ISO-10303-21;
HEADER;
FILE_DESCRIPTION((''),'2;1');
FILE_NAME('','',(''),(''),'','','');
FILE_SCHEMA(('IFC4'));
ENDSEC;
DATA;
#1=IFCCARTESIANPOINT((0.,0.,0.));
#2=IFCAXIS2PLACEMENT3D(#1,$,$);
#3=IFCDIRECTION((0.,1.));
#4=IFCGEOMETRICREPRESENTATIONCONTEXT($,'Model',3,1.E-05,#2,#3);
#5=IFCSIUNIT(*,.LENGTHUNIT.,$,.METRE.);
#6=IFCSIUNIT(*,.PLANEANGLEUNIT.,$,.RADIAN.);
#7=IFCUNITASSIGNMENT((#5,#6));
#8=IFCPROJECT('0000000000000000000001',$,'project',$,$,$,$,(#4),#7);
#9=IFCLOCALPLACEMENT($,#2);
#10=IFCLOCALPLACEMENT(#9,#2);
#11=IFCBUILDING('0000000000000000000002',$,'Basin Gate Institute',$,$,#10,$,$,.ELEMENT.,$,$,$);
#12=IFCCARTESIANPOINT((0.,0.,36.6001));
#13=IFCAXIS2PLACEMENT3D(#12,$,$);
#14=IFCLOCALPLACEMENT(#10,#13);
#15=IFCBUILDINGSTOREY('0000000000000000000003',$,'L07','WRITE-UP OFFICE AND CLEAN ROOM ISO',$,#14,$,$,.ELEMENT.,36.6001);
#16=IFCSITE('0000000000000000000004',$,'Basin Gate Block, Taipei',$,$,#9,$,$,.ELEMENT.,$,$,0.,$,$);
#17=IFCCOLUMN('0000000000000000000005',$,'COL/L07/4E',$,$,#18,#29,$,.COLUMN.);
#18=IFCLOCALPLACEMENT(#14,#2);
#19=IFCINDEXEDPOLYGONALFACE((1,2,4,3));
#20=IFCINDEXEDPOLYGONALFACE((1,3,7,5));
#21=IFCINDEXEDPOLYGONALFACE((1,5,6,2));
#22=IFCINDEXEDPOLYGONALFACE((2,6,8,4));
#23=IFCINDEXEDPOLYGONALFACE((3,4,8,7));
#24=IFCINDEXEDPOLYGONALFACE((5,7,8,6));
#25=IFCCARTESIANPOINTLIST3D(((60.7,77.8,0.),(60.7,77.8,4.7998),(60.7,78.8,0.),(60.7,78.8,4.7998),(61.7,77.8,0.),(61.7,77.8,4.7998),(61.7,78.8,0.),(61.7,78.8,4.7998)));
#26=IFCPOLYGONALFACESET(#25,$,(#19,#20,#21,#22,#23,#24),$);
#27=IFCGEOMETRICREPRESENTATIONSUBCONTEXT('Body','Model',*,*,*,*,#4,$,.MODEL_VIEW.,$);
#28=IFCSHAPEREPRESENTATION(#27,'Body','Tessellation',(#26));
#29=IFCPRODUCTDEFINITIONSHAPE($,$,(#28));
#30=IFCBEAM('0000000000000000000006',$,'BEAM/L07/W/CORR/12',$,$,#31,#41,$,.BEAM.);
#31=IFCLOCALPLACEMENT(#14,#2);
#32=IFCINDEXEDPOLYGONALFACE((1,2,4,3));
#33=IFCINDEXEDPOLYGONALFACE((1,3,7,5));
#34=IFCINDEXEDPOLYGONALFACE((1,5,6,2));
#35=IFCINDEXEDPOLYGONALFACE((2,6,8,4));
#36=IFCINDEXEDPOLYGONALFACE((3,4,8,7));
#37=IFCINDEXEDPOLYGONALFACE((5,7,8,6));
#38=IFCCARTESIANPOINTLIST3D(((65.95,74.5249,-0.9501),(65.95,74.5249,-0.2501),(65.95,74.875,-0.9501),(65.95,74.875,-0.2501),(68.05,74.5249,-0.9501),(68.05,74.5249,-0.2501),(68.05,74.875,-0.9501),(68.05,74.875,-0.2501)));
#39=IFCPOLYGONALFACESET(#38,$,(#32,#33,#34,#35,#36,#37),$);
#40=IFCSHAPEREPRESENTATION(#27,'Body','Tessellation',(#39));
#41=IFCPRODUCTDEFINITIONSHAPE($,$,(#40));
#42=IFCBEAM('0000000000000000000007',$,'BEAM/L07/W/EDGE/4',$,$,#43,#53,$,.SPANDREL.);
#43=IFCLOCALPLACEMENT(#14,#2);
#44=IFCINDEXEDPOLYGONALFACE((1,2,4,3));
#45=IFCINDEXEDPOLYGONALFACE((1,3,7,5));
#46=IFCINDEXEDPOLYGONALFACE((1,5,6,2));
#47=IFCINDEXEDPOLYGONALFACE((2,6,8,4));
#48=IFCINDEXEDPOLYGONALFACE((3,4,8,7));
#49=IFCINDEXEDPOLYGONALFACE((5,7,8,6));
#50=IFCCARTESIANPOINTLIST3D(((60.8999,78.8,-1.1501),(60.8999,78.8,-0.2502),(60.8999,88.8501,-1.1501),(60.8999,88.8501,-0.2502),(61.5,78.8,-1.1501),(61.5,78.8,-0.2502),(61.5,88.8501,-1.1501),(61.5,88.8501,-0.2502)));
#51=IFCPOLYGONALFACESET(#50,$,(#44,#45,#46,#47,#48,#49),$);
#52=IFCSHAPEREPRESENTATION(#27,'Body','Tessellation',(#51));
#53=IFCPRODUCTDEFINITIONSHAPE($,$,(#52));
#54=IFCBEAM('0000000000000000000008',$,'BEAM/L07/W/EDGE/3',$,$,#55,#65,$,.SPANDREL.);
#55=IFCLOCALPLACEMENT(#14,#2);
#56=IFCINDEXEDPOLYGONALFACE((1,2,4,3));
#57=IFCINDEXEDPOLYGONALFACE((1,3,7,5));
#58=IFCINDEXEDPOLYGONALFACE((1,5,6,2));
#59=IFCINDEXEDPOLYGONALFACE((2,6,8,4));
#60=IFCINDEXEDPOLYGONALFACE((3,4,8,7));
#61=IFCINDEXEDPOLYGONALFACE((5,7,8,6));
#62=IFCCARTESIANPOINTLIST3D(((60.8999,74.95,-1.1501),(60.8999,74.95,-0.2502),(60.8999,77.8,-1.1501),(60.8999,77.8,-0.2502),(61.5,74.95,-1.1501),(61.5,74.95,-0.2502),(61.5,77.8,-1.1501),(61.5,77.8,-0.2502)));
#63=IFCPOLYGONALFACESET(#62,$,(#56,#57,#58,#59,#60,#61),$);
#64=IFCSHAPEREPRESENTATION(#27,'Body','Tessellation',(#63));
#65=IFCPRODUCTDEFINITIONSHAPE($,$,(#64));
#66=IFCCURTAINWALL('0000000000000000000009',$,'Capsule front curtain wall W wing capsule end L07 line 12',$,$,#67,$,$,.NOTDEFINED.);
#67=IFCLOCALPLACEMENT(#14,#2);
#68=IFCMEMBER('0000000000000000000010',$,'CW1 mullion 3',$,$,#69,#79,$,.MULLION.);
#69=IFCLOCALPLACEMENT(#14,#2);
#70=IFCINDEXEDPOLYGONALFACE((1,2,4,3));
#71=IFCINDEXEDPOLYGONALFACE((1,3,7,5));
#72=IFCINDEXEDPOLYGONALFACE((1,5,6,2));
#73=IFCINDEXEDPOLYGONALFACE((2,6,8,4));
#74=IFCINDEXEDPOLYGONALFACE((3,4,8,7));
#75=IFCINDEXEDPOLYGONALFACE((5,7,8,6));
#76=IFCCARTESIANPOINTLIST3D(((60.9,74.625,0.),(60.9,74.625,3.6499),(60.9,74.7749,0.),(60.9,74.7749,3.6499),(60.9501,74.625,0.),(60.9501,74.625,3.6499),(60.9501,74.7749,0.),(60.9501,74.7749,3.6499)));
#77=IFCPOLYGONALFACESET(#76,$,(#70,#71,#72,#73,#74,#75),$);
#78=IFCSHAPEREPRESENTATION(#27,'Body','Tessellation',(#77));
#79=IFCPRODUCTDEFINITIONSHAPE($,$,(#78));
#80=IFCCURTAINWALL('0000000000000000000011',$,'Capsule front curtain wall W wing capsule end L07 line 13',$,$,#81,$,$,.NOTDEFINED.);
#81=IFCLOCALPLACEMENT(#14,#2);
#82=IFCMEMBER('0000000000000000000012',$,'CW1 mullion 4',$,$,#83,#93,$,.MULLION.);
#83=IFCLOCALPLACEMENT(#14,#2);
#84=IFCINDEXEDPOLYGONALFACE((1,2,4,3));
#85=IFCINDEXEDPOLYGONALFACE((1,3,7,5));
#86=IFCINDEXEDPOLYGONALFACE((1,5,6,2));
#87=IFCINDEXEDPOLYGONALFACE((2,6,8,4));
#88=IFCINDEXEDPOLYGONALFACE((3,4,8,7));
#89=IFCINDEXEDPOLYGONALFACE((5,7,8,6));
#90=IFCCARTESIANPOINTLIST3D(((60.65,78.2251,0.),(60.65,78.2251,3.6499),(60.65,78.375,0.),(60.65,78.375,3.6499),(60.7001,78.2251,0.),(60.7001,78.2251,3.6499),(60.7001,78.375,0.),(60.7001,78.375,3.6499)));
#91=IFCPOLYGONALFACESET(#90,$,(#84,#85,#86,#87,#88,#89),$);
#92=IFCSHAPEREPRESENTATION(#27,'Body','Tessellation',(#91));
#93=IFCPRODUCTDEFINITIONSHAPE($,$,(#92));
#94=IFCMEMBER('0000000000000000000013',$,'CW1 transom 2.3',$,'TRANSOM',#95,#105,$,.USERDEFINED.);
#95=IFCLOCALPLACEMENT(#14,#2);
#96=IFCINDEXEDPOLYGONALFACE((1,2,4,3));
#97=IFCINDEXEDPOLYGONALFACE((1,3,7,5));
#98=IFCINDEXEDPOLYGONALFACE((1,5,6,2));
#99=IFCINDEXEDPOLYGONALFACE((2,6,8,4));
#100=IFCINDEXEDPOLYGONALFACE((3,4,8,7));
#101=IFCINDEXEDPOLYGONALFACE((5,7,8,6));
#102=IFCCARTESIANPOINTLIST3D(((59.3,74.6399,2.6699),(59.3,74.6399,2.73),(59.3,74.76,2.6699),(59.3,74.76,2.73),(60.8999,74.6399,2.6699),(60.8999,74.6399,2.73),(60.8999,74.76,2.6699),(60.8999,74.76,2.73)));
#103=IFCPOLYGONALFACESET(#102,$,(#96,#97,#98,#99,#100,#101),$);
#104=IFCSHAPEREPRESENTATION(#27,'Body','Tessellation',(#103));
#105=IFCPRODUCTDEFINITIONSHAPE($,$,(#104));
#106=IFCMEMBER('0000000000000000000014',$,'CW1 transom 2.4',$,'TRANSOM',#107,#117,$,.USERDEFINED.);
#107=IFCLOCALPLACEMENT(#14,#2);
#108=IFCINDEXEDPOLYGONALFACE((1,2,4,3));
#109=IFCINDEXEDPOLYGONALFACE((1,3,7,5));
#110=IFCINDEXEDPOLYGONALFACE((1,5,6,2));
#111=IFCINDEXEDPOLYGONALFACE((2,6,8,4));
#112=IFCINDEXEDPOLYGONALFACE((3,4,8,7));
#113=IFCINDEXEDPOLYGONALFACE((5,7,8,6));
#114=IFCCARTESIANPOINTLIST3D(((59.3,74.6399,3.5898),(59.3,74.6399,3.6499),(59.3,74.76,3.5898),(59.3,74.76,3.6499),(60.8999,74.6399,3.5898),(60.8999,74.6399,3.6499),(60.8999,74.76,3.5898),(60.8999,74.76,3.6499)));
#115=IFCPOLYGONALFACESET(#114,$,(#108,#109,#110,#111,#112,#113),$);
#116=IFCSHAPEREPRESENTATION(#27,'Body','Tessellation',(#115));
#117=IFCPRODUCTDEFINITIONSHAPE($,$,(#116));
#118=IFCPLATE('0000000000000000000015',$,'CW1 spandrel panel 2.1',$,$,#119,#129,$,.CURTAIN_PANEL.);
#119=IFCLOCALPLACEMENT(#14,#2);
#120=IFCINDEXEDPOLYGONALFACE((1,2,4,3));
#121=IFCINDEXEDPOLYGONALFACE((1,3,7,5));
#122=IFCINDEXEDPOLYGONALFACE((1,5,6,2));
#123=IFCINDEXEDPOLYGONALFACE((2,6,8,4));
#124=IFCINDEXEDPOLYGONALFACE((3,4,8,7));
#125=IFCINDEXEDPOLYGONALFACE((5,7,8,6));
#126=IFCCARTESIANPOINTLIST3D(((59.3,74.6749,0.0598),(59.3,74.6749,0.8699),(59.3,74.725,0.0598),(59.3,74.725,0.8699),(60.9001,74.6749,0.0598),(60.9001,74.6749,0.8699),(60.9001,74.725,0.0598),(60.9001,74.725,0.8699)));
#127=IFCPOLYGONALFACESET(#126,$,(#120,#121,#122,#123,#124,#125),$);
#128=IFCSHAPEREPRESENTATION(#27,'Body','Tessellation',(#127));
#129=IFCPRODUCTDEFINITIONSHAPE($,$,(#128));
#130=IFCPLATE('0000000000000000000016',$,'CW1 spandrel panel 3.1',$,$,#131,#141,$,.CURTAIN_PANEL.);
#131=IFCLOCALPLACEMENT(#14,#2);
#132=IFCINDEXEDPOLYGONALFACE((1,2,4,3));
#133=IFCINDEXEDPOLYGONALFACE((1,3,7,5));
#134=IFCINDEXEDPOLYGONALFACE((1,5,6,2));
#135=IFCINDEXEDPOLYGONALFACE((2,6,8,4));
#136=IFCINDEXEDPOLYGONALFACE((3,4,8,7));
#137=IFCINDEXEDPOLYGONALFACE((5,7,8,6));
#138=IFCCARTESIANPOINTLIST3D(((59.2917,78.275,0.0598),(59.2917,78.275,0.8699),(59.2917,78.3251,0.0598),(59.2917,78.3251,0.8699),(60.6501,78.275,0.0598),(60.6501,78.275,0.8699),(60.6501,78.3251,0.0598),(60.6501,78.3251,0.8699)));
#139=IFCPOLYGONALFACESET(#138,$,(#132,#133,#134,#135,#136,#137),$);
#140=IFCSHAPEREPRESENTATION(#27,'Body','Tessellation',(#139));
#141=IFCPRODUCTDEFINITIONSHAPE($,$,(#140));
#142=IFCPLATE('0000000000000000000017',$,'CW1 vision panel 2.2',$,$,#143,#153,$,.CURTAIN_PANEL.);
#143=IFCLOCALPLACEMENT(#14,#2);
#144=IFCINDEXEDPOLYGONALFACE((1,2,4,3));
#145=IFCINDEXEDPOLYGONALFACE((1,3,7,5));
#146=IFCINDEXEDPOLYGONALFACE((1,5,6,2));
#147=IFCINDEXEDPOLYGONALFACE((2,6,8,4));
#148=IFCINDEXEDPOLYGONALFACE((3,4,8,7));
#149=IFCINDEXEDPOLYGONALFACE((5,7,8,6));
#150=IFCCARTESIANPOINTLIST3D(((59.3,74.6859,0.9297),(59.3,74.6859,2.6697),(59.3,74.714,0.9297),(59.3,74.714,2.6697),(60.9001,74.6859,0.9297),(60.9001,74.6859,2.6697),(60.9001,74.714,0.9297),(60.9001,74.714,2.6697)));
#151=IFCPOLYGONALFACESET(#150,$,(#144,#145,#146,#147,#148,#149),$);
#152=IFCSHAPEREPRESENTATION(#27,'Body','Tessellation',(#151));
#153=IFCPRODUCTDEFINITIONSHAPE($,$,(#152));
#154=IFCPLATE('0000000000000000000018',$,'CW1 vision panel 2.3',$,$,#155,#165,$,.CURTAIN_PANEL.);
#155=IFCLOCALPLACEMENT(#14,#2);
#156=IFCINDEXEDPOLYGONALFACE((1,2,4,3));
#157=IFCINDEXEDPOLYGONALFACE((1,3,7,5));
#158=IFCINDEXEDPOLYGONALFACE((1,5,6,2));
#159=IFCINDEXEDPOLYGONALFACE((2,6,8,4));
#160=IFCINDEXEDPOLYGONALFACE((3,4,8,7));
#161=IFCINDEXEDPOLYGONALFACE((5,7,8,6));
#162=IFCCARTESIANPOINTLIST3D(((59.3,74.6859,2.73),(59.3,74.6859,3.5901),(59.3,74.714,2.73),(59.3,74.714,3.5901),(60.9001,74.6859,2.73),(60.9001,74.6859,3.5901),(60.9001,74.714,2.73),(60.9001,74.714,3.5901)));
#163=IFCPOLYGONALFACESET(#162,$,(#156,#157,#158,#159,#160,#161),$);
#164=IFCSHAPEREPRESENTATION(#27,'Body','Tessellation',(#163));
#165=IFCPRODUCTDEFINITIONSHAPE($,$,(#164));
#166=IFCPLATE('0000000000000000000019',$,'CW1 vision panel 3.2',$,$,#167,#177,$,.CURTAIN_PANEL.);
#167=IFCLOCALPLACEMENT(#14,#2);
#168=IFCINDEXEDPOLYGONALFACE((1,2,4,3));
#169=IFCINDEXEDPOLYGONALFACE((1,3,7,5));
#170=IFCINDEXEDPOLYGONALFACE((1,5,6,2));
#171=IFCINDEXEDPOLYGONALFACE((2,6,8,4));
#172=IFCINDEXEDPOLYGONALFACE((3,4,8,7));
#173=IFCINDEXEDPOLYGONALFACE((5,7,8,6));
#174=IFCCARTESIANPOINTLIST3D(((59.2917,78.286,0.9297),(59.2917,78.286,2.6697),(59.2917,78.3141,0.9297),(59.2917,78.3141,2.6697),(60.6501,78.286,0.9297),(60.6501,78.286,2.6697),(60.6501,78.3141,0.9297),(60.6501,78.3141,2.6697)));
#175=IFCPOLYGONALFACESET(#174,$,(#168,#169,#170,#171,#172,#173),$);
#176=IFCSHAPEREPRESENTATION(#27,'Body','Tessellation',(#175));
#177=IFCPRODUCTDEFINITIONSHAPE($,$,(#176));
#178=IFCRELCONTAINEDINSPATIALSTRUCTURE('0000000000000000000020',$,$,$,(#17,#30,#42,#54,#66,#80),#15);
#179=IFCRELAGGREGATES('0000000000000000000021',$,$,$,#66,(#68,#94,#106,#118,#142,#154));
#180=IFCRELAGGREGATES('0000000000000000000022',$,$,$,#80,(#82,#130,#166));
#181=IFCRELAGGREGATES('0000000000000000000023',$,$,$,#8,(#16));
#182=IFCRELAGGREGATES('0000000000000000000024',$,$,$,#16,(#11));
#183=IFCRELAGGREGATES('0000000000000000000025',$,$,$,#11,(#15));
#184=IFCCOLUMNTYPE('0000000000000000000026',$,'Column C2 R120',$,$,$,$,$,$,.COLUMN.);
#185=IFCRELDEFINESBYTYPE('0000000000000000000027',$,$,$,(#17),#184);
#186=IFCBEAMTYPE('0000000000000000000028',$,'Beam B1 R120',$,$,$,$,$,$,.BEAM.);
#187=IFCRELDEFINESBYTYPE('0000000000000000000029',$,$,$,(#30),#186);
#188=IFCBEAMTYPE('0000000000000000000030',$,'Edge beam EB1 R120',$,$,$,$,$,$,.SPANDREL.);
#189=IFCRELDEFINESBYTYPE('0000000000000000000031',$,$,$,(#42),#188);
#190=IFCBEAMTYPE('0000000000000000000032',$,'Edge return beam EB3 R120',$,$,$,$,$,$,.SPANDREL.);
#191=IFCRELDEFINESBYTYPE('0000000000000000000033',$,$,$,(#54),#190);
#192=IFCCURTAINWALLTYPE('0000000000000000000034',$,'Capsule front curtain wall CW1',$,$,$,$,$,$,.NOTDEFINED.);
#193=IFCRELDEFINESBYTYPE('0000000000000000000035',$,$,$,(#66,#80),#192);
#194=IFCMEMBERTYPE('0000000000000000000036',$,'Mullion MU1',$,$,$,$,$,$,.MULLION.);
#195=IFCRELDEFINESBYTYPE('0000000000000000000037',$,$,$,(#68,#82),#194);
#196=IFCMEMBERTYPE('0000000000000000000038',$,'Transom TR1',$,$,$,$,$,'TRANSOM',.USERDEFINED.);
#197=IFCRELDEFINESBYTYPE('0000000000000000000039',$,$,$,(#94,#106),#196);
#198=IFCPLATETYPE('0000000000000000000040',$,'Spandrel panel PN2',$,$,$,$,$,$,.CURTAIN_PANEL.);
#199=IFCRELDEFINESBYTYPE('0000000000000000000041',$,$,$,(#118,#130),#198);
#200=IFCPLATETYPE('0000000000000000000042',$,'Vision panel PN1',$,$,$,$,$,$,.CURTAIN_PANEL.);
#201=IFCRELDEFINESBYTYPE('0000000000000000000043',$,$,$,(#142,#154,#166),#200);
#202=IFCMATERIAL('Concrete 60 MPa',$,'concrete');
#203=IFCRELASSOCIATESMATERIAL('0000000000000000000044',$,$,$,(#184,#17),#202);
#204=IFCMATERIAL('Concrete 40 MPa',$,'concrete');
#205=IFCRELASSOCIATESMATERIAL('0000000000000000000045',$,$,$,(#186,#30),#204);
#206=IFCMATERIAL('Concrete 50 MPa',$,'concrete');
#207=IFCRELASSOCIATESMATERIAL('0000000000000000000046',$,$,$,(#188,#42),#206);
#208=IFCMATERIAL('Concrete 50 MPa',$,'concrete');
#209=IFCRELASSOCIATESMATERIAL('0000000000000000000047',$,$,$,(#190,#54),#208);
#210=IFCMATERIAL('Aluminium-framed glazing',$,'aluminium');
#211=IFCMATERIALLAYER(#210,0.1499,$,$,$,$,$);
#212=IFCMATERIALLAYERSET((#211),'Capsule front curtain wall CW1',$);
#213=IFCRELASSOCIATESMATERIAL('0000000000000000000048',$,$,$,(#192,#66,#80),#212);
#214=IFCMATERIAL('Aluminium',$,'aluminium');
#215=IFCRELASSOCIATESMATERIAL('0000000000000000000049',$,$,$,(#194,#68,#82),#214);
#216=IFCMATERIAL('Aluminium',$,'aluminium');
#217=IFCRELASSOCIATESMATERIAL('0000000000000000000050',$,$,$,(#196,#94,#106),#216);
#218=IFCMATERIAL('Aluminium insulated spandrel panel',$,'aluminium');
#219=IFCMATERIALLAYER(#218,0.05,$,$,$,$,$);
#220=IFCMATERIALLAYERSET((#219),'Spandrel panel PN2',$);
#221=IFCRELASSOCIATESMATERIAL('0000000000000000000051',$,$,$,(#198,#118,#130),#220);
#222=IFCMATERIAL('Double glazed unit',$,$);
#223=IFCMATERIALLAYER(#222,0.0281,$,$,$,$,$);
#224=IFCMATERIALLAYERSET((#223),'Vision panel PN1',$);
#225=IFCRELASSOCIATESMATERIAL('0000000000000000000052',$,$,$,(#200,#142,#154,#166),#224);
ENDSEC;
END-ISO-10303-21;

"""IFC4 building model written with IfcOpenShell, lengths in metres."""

from ifc_helpers import new_model, si_unit, direction, frame, origin, origin_2d, place, context, subcontext, project, spatial, rectangle, extrude, material, layer, layer_set, material_profile, profile_set, type_object, element, aggregate, save


model = new_model("IFC4")

# Units and contexts
model_context = context("Model", 3, precision=1e-05, world=origin(), true_north=direction((0.0, 1.0)))
body_context = subcontext(model_context, "Body", "Model", "MODEL_VIEW")
ifc_project = project(units=[si_unit("LENGTHUNIT", "METRE"), si_unit("PLANEANGLEUNIT", "RADIAN")], contexts=[model_context])

# Site, building, storey
site_placement = place(None, origin())
site = spatial("IfcSite", under=ifc_project, at=site_placement, Name="Basin Gate Block, Taipei", CompositionType="ELEMENT", RefElevation=0.0)
building_placement = place(site_placement, origin())
building = spatial("IfcBuilding", under=site, at=building_placement, Name="Basin Gate Institute", CompositionType="ELEMENT")
storey_placement = place(building_placement, frame((0.0, 0.0, 36.6001)))
storey = spatial("IfcBuildingStorey", under=building, at=storey_placement, Name="L07", Description="WRITE-UP OFFICE AND CLEAN ROOM ISO", CompositionType="ELEMENT", Elevation=36.6001)

# Column
ifc_material_1 = material(Name="Concrete 60 MPa", Category="concrete")
ifc_material_profile_1 = material_profile(ifc_material_1, rectangle(XDim=1.0, YDim=1.0, at=origin_2d()), Name="Column C2 1000 x 1000")
ifc_profile_set_1 = profile_set([ifc_material_profile_1], Name="Concrete 60 MPa")
column_type = type_object("IfcColumnType", Name="Column C2 R120", PredefinedType="COLUMN", material=ifc_profile_set_1)
column_placement = place(storey_placement, frame((61.2, 78.3, 0.0), z_axis=(0.0, 0.0, 1.0), x_axis=(1.0, 0.0, 0.0)))
element("IfcColumn", 1, at=column_placement, inside=storey, type_object=column_type, material=ifc_profile_set_1, Name="COL/L07/4E", PredefinedType="COLUMN", context=body_context, shape_type="SweptSolid", body=[
    extrude(rectangle(XDim=1.0, YDim=1.0, at=origin_2d()), origin(), (0.0, 0.0, 1.0), 4.7998),
])

# Beams
ifc_material_2 = material(Name="Concrete 40 MPa", Category="concrete")
ifc_material_profile_2 = material_profile(ifc_material_2, rectangle(XDim=0.3501, YDim=0.7, at=origin_2d()), Name="Beam B1 350 x 700")
ifc_profile_set_2 = profile_set([ifc_material_profile_2], Name="Concrete 40 MPa")
beam_type_1 = type_object("IfcBeamType", Name="Beam B1 R120", PredefinedType="BEAM", material=ifc_profile_set_2)
beam_1_placement = place(storey_placement, frame((65.95, 74.7, -0.6001), z_axis=(1.0, 0.0, 0.0), x_axis=(0.0, 1.0, 0.0)))
element("IfcBeam", 2, at=beam_1_placement, inside=storey, type_object=beam_type_1, material=ifc_profile_set_2, Name="BEAM/L07/W/CORR/12", PredefinedType="BEAM", context=body_context, shape_type="SweptSolid", body=[
    extrude(rectangle(XDim=0.3501, YDim=0.7, at=origin_2d()), origin(), (0.0, 0.0, 1.0), 2.1001),
])
ifc_material_3 = material(Name="Concrete 50 MPa", Category="concrete")
ifc_material_profile_3 = material_profile(ifc_material_3, rectangle(XDim=0.6001, YDim=0.8999, at=origin_2d()), Name="Edge beam EB1 600 x 900")
ifc_profile_set_3 = profile_set([ifc_material_profile_3], Name="Concrete 50 MPa")
beam_type_2 = type_object("IfcBeamType", Name="Edge beam EB1 R120", PredefinedType="SPANDREL", material=ifc_profile_set_3)
beam_2_placement = place(storey_placement, frame((61.2, 78.8, -0.7002), z_axis=(0.0, 1.0, 0.0), x_axis=(-1.0, 0.0, 0.0)))
element("IfcBeam", 3, at=beam_2_placement, inside=storey, type_object=beam_type_2, material=ifc_profile_set_3, Name="BEAM/L07/W/EDGE/4", PredefinedType="SPANDREL", context=body_context, shape_type="SweptSolid", body=[
    extrude(rectangle(XDim=0.6001, YDim=0.8999, at=origin_2d()), origin(), (0.0, 0.0, 1.0), 10.05),
])
ifc_material_4 = material(Name="Concrete 50 MPa", Category="concrete")
ifc_material_profile_4 = material_profile(ifc_material_4, rectangle(XDim=0.6001, YDim=0.8999, at=origin_2d()), Name="Edge return beam EB3 600 x 900")
ifc_profile_set_4 = profile_set([ifc_material_profile_4], Name="Concrete 50 MPa")
beam_type_3 = type_object("IfcBeamType", Name="Edge return beam EB3 R120", PredefinedType="SPANDREL", material=ifc_profile_set_4)
beam_3_placement = place(storey_placement, frame((61.2, 74.95, -0.7002), z_axis=(0.0, 1.0, 0.0), x_axis=(-1.0, 0.0, 0.0)))
element("IfcBeam", 4, at=beam_3_placement, inside=storey, type_object=beam_type_3, material=ifc_profile_set_4, Name="BEAM/L07/W/EDGE/3", PredefinedType="SPANDREL", context=body_context, shape_type="SweptSolid", body=[
    extrude(rectangle(XDim=0.6001, YDim=0.8999, at=origin_2d()), origin(), (0.0, 0.0, 1.0), 2.8501),
])

# Curtain walls, members
ifc_material_5 = material(Name="Aluminium-framed glazing", Category="aluminium")
ifc_layer_1 = layer(ifc_material_5, 0.1499)
ifc_layer_set_1 = layer_set([ifc_layer_1], Name="Capsule front curtain wall CW1")
curtain_wall_type = type_object("IfcCurtainWallType", Name="Capsule front curtain wall CW1", PredefinedType="NOTDEFINED", material=ifc_layer_set_1)
curtain_wall_1_placement = place(storey_placement, origin())
curtain_wall_1 = element("IfcCurtainWall", 5, at=curtain_wall_1_placement, inside=storey, type_object=curtain_wall_type, material=ifc_layer_set_1, Name="Capsule front curtain wall W wing capsule end L07 line 12", PredefinedType="NOTDEFINED")
ifc_material_6 = material(Name="Aluminium", Category="aluminium")
ifc_material_profile_5 = material_profile(ifc_material_6, rectangle(XDim=0.1499, YDim=0.05, at=origin_2d()), Name="Mullion MU1 150 x 50")
ifc_profile_set_5 = profile_set([ifc_material_profile_5], Name="Aluminium")
member_type_1 = type_object("IfcMemberType", Name="Mullion MU1", PredefinedType="MULLION", material=ifc_profile_set_5)
member_1_placement = place(storey_placement, frame((60.925, 74.7, 0.0), z_axis=(0.0, 0.0, 1.0), x_axis=(0.0, 1.0, 0.0)))
member_1 = element("IfcMember", 6, at=member_1_placement, type_object=member_type_1, material=ifc_profile_set_5, Name="CW1 mullion 3", PredefinedType="MULLION", context=body_context, shape_type="SweptSolid", body=[
    extrude(rectangle(XDim=0.1499, YDim=0.05, at=origin_2d()), origin(), (0.0, 0.0, 1.0), 3.6499),
])
curtain_wall_2_placement = place(storey_placement, origin())
curtain_wall_2 = element("IfcCurtainWall", 7, at=curtain_wall_2_placement, inside=storey, type_object=curtain_wall_type, material=ifc_layer_set_1, Name="Capsule front curtain wall W wing capsule end L07 line 13", PredefinedType="NOTDEFINED")
member_2_placement = place(storey_placement, frame((60.675, 78.3, 0.0), z_axis=(0.0, 0.0, 1.0), x_axis=(0.0, 1.0, 0.0)))
member_2 = element("IfcMember", 8, at=member_2_placement, type_object=member_type_1, material=ifc_profile_set_5, Name="CW1 mullion 4", PredefinedType="MULLION", context=body_context, shape_type="SweptSolid", body=[
    extrude(rectangle(XDim=0.1499, YDim=0.05, at=origin_2d()), origin(), (0.0, 0.0, 1.0), 3.6499),
])

# Members
ifc_material_7 = material(Name="Aluminium", Category="aluminium")
ifc_material_profile_6 = material_profile(ifc_material_7, rectangle(XDim=0.1201, YDim=0.0601, at=origin_2d()), Name="Transom TR1 120 x 60")
ifc_profile_set_6 = profile_set([ifc_material_profile_6], Name="Aluminium")
member_type_2 = type_object("IfcMemberType", Name="Transom TR1", ElementType="TRANSOM", PredefinedType="USERDEFINED", material=ifc_profile_set_6)
member_3_placement = place(storey_placement, frame((59.3, 74.7, 2.7), z_axis=(1.0, 0.0, 0.0), x_axis=(0.0, 1.0, 0.0)))
member_3 = element("IfcMember", 9, at=member_3_placement, type_object=member_type_2, material=ifc_profile_set_6, Name="CW1 transom 2.3", ObjectType="TRANSOM", PredefinedType="USERDEFINED", context=body_context, shape_type="SweptSolid", body=[
    extrude(rectangle(XDim=0.1201, YDim=0.0601, at=origin_2d()), origin(), (0.0, 0.0, 1.0), 1.5999),
])
member_4_placement = place(storey_placement, frame((59.3, 74.7, 3.6199), z_axis=(1.0, 0.0, 0.0), x_axis=(0.0, 1.0, 0.0)))
member_4 = element("IfcMember", 10, at=member_4_placement, type_object=member_type_2, material=ifc_profile_set_6, Name="CW1 transom 2.4", ObjectType="TRANSOM", PredefinedType="USERDEFINED", context=body_context, shape_type="SweptSolid", body=[
    extrude(rectangle(XDim=0.1201, YDim=0.0601, at=origin_2d()), origin(), (0.0, 0.0, 1.0), 1.5999),
])

# Plates
ifc_material_8 = material(Name="Aluminium insulated spandrel panel", Category="aluminium")
ifc_layer_2 = layer(ifc_material_8, 0.05)
ifc_layer_set_2 = layer_set([ifc_layer_2], Name="Spandrel panel PN2")
plate_type_1 = type_object("IfcPlateType", Name="Spandrel panel PN2", PredefinedType="CURTAIN_PANEL", material=ifc_layer_set_2)
plate_1_placement = place(storey_placement, frame((60.1001, 74.7, 0.0598), z_axis=(0.0, 0.0, 1.0), x_axis=(1.0, 0.0, 0.0)))
plate_1 = element("IfcPlate", 11, at=plate_1_placement, type_object=plate_type_1, material=ifc_layer_set_2, Name="CW1 spandrel panel 2.1", PredefinedType="CURTAIN_PANEL", context=body_context, shape_type="SweptSolid", body=[
    extrude(rectangle(XDim=1.6001, YDim=0.05, at=origin_2d()), origin(), (0.0, 0.0, 1.0), 0.8101),
])
plate_2_placement = place(storey_placement, frame((59.9709, 78.3, 0.0598), z_axis=(0.0, 0.0, 1.0), x_axis=(1.0, 0.0, 0.0)))
plate_2 = element("IfcPlate", 12, at=plate_2_placement, type_object=plate_type_1, material=ifc_layer_set_2, Name="CW1 spandrel panel 3.1", PredefinedType="CURTAIN_PANEL", context=body_context, shape_type="SweptSolid", body=[
    extrude(rectangle(XDim=1.3584, YDim=0.05, at=origin_2d()), origin(), (0.0, 0.0, 1.0), 0.8101),
])
ifc_material_9 = material(Name="Double glazed unit")
ifc_layer_3 = layer(ifc_material_9, 0.0281)
ifc_layer_set_3 = layer_set([ifc_layer_3], Name="Vision panel PN1")
plate_type_2 = type_object("IfcPlateType", Name="Vision panel PN1", PredefinedType="CURTAIN_PANEL", material=ifc_layer_set_3)
plate_3_placement = place(storey_placement, frame((60.1001, 74.7, 0.9297), z_axis=(0.0, 0.0, 1.0), x_axis=(1.0, 0.0, 0.0)))
plate_3 = element("IfcPlate", 13, at=plate_3_placement, type_object=plate_type_2, material=ifc_layer_set_3, Name="CW1 vision panel 2.2", PredefinedType="CURTAIN_PANEL", context=body_context, shape_type="SweptSolid", body=[
    extrude(rectangle(XDim=1.6001, YDim=0.0281, at=origin_2d()), origin(), (0.0, 0.0, 1.0), 1.74),
])
plate_4_placement = place(storey_placement, frame((60.1001, 74.7, 2.73), z_axis=(0.0, 0.0, 1.0), x_axis=(1.0, 0.0, 0.0)))
plate_4 = element("IfcPlate", 14, at=plate_4_placement, type_object=plate_type_2, material=ifc_layer_set_3, Name="CW1 vision panel 2.3", PredefinedType="CURTAIN_PANEL", context=body_context, shape_type="SweptSolid", body=[
    extrude(rectangle(XDim=1.6001, YDim=0.0281, at=origin_2d()), origin(), (0.0, 0.0, 1.0), 0.8601),
])
aggregate(curtain_wall_1, [member_1, member_3, member_4, plate_1, plate_3, plate_4])
plate_5_placement = place(storey_placement, frame((59.9709, 78.3, 0.9297), z_axis=(0.0, 0.0, 1.0), x_axis=(1.0, 0.0, 0.0)))
plate_5 = element("IfcPlate", 15, at=plate_5_placement, type_object=plate_type_2, material=ifc_layer_set_3, Name="CW1 vision panel 3.2", PredefinedType="CURTAIN_PANEL", context=body_context, shape_type="SweptSolid", body=[
    extrude(rectangle(XDim=1.3584, YDim=0.0281, at=origin_2d()), origin(), (0.0, 0.0, 1.0), 1.74),
])
aggregate(curtain_wall_2, [member_2, plate_2, plate_5])

save(model, "model.ifc")
